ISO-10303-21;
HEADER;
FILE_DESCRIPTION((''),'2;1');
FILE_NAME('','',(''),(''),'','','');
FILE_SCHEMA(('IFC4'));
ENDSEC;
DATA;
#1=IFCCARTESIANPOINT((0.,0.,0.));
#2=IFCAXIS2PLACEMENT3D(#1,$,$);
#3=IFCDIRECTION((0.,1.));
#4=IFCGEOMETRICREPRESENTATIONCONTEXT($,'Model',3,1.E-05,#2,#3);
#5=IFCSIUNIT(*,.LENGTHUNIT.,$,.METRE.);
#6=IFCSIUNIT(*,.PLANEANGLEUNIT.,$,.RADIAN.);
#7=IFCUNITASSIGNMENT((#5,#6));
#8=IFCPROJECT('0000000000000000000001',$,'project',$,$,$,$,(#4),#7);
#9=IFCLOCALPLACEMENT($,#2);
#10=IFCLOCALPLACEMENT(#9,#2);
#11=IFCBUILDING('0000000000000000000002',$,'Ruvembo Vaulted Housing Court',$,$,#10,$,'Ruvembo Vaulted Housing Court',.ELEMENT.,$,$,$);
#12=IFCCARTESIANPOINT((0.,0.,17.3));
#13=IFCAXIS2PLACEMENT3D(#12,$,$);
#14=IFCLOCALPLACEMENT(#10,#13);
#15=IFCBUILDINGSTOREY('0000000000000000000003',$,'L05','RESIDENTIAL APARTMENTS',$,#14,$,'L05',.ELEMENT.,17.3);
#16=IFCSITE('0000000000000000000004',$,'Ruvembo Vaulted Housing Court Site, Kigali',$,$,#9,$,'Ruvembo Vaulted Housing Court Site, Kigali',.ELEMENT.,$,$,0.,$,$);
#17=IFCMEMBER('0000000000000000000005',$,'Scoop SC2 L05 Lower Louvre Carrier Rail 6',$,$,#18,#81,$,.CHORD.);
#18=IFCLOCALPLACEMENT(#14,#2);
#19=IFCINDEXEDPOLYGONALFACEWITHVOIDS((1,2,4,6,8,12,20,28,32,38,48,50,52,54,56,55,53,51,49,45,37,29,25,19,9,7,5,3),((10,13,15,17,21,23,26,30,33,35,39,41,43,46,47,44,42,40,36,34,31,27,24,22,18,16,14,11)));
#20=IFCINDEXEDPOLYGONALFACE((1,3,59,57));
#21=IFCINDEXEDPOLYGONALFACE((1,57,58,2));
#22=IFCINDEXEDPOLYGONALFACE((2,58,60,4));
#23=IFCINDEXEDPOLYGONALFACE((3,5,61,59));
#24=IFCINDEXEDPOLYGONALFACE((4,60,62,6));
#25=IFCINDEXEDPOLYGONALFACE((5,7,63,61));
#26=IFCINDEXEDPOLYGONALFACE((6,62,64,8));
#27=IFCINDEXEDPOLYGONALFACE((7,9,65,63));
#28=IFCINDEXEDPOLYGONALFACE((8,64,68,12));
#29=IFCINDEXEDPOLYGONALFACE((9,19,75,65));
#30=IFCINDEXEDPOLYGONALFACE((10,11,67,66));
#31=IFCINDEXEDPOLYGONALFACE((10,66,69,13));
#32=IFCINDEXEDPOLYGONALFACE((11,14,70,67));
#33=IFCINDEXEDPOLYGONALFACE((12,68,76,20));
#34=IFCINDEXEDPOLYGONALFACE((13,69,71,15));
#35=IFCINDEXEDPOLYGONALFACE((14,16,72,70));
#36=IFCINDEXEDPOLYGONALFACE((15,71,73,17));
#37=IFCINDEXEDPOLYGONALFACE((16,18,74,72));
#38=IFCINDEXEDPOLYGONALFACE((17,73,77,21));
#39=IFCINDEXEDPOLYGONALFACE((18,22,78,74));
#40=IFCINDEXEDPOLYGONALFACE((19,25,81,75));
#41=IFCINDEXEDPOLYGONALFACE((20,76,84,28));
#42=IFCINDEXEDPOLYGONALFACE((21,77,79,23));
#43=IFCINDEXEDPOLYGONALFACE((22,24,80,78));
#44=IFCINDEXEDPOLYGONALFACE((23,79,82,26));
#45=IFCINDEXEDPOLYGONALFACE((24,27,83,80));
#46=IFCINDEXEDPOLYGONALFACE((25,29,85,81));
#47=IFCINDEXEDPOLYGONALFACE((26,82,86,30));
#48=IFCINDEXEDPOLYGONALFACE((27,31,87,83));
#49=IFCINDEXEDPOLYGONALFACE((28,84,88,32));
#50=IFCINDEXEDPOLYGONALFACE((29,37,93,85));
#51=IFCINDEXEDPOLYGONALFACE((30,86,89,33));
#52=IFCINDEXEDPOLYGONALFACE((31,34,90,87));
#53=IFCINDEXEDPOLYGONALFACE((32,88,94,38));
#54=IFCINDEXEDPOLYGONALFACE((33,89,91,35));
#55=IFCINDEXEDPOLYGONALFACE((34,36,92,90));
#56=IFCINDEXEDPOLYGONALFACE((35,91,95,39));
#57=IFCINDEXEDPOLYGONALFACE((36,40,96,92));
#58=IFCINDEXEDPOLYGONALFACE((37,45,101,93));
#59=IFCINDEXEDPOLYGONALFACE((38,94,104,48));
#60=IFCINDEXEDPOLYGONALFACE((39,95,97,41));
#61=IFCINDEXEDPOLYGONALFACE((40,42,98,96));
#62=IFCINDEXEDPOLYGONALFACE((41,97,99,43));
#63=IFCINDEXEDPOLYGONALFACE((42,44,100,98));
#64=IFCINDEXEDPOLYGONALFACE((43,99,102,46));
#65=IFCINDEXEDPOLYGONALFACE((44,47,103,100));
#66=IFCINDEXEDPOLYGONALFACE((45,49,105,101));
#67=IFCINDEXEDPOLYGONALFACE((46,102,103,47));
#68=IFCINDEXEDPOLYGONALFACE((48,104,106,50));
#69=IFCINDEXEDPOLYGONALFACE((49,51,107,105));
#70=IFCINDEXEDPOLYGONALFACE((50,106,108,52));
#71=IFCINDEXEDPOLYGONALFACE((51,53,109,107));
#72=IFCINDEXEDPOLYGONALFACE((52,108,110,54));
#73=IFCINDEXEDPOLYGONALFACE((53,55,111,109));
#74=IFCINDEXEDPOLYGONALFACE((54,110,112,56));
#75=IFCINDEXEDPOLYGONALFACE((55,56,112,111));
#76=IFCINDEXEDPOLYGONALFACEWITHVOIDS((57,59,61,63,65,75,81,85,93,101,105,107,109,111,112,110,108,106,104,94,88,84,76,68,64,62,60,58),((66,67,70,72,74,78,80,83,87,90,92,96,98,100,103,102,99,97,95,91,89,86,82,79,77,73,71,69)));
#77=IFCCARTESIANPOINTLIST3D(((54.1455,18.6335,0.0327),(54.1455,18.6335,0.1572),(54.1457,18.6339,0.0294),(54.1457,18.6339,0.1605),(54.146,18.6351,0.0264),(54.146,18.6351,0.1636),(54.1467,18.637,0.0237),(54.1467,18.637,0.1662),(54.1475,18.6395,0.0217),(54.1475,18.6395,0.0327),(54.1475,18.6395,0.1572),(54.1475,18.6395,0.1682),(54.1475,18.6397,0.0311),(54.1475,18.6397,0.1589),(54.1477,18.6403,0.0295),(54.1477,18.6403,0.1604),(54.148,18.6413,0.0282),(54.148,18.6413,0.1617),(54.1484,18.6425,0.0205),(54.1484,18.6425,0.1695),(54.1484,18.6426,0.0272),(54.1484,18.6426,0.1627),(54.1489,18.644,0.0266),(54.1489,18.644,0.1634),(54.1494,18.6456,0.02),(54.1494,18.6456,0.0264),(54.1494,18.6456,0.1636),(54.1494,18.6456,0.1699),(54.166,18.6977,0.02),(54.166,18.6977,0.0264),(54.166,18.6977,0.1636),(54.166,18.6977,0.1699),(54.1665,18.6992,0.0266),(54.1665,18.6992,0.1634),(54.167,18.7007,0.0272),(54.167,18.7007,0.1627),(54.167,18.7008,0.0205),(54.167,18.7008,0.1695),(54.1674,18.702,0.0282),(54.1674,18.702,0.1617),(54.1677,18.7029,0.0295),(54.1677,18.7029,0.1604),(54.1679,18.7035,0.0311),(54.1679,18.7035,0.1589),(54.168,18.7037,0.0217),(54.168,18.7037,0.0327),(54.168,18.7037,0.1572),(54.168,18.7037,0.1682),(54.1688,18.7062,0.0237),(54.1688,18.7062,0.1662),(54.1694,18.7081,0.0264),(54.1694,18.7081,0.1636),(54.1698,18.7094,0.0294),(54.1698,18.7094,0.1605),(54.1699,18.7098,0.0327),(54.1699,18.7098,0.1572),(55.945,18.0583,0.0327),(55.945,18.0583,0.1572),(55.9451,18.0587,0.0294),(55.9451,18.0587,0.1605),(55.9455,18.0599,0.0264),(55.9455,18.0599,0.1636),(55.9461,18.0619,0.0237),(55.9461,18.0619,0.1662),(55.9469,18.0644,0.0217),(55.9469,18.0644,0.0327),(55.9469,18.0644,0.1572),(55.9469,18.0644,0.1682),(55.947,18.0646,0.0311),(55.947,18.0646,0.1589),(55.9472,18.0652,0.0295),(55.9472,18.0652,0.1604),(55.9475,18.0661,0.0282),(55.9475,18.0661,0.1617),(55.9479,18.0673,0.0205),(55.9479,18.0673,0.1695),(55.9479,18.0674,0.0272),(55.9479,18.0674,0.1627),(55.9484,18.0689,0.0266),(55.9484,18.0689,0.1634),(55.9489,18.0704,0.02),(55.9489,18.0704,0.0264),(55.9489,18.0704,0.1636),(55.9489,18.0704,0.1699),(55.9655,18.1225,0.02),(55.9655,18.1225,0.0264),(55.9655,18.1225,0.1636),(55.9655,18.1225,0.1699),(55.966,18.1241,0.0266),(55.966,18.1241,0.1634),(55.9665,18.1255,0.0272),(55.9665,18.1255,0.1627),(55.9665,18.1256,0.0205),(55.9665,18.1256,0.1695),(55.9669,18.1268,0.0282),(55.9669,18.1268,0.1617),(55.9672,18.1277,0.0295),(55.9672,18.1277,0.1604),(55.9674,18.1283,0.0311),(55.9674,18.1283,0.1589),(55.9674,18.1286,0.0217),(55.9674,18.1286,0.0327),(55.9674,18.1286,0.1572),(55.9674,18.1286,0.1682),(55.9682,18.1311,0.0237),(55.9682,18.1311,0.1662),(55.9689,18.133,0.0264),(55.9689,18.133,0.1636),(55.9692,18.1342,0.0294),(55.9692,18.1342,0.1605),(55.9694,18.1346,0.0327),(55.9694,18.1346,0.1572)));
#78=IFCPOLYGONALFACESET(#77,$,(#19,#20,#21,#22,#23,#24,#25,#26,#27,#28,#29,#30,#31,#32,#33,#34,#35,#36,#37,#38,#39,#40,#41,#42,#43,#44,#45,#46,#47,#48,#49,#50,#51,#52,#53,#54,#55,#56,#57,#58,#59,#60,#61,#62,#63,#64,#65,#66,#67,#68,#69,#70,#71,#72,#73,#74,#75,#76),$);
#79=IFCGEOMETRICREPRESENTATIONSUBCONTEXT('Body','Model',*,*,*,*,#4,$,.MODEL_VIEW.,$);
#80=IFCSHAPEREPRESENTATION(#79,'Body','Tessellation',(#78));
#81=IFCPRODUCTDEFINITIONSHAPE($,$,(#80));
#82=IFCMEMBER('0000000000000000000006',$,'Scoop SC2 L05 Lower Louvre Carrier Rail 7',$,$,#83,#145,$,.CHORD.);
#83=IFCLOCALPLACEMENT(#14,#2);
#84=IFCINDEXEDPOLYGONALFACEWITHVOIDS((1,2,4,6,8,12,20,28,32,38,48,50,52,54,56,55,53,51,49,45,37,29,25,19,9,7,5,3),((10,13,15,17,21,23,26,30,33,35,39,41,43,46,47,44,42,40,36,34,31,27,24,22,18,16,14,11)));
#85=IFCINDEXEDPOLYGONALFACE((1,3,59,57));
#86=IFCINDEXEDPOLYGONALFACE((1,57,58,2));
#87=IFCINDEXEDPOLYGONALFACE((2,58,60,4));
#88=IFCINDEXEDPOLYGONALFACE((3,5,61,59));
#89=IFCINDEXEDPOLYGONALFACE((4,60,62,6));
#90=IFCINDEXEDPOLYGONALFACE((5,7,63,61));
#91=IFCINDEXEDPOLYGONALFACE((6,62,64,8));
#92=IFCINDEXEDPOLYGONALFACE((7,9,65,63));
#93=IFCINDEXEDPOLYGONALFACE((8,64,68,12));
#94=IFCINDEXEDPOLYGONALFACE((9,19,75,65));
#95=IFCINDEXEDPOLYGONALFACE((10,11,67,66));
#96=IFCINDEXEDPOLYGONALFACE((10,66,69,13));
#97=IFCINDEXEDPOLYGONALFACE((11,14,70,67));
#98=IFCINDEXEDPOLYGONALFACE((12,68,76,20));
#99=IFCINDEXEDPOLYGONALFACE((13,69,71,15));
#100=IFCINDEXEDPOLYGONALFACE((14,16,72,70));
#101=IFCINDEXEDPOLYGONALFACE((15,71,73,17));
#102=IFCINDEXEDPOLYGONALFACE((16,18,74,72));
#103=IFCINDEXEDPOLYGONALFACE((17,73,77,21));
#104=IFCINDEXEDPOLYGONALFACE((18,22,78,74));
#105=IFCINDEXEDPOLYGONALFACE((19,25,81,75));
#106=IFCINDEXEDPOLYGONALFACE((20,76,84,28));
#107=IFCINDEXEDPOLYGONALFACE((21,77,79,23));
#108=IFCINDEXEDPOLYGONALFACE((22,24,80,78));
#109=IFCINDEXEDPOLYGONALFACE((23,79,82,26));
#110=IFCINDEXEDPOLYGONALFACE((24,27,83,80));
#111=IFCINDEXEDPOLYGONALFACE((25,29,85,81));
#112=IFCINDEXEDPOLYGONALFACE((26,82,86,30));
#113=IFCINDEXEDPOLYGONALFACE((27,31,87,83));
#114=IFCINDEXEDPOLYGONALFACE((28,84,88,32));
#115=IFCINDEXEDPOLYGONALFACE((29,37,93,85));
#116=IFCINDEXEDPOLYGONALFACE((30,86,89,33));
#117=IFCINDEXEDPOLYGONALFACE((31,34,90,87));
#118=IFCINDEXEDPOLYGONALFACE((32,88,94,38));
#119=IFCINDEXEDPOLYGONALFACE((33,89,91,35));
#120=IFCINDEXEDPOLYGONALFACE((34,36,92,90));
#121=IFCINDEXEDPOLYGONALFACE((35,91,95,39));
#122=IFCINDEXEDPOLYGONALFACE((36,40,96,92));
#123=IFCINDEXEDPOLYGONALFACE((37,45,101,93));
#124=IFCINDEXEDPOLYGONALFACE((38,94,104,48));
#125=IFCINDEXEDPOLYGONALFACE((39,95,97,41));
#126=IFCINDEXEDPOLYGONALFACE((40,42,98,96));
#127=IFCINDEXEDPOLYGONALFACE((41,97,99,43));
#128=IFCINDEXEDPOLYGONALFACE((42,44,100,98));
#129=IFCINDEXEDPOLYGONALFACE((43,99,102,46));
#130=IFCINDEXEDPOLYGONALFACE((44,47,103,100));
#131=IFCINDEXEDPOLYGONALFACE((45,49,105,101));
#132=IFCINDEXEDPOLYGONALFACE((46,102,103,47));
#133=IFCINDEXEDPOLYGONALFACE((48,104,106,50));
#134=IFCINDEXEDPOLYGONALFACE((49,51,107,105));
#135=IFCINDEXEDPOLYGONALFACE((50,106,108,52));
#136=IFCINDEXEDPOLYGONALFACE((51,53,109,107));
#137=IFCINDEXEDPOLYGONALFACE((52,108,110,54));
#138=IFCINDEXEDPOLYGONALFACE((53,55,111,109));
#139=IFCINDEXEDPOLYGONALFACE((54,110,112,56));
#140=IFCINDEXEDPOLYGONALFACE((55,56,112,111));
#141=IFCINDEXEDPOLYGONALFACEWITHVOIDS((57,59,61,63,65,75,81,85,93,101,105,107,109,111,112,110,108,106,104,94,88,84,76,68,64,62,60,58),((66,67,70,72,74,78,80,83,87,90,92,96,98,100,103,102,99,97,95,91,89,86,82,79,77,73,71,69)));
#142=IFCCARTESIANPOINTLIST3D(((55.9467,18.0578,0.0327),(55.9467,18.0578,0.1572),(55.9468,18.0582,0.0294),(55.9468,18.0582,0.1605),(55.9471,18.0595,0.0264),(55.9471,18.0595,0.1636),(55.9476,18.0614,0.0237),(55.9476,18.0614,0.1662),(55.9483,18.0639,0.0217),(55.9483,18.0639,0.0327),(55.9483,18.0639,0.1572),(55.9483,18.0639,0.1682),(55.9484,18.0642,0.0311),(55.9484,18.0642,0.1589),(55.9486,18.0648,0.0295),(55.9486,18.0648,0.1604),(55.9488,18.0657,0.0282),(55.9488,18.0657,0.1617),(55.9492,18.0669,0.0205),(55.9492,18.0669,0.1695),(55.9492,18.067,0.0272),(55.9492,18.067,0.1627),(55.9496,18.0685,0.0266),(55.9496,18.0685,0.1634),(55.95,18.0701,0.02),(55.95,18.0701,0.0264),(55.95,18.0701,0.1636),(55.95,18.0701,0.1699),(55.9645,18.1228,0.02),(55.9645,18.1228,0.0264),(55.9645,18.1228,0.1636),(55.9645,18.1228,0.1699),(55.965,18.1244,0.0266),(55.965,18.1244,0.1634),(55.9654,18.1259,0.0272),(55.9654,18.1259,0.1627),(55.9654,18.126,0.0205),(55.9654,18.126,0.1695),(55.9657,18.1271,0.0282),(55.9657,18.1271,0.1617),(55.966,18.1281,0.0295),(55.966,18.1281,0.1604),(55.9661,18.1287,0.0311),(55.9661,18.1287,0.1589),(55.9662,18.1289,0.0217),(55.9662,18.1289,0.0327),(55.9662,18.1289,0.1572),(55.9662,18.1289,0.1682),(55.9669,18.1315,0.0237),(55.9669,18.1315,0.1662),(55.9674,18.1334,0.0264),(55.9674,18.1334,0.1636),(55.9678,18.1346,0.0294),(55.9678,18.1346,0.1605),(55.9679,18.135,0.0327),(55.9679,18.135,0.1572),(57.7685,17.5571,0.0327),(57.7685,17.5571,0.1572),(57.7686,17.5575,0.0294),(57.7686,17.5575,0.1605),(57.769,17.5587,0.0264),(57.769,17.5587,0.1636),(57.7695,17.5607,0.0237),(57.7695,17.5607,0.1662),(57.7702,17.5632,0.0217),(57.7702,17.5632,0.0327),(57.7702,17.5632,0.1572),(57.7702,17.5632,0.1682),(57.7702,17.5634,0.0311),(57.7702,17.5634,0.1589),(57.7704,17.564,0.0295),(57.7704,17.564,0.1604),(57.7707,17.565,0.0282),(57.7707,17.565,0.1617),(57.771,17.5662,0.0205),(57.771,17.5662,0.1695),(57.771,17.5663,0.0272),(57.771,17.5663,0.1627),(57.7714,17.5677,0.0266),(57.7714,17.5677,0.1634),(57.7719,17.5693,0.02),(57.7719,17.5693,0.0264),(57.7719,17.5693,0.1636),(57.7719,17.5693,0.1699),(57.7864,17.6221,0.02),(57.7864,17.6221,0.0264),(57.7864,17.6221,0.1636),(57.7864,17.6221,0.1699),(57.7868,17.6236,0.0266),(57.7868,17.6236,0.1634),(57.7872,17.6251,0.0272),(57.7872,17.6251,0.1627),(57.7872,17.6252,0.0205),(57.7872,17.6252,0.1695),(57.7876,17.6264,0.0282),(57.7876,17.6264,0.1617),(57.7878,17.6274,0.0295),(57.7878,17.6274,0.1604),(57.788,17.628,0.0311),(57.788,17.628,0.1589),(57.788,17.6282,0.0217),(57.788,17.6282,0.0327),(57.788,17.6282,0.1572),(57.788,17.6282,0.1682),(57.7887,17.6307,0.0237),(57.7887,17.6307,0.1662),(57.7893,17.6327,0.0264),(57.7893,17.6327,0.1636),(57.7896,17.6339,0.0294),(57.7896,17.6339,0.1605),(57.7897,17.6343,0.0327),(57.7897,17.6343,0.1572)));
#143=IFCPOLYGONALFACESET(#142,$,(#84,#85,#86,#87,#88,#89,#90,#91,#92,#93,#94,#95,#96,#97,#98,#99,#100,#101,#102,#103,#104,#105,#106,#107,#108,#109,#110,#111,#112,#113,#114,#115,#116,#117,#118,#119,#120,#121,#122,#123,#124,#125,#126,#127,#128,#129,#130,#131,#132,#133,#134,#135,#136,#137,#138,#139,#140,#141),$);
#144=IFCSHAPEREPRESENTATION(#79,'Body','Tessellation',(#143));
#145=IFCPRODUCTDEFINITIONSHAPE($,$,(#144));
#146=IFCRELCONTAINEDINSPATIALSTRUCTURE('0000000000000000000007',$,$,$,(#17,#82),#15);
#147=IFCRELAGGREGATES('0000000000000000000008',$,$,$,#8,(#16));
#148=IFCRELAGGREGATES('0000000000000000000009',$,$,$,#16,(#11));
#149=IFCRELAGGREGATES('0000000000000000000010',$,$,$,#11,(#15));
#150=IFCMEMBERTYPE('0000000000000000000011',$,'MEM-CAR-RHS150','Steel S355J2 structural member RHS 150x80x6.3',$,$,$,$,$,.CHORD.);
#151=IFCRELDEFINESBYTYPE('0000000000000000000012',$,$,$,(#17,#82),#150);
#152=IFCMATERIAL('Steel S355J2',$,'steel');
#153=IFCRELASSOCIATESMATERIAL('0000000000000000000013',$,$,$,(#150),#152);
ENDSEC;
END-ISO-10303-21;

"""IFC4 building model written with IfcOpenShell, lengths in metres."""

from ifc_helpers import new_model, si_unit, direction, frame, origin, origin_2d, place, context, subcontext, project, spatial, hollow_rectangle, extrude, material, material_profile, profile_set, type_object, element, save


model = new_model("IFC4")

# Units and contexts
model_context = context("Model", 3, precision=1e-05, world=origin(), true_north=direction((0.0, 1.0)))
body_context = subcontext(model_context, "Body", "Model", "MODEL_VIEW")
ifc_project = project(units=[si_unit("LENGTHUNIT", "METRE"), si_unit("PLANEANGLEUNIT", "RADIAN")], contexts=[model_context])

# Site, building, storey
site_placement = place(None, origin())
site = spatial("IfcSite", under=ifc_project, at=site_placement, Name="Ruvembo Vaulted Housing Court Site, Kigali", LongName="Ruvembo Vaulted Housing Court Site, Kigali", CompositionType="ELEMENT", RefElevation=0.0)
building_placement = place(site_placement, origin())
building = spatial("IfcBuilding", under=site, at=building_placement, Name="Ruvembo Vaulted Housing Court", LongName="Ruvembo Vaulted Housing Court", CompositionType="ELEMENT")
storey_placement = place(building_placement, frame((0.0, 0.0, 17.3)))
storey = spatial("IfcBuildingStorey", under=building, at=storey_placement, Name="L05", Description="RESIDENTIAL APARTMENTS", LongName="L05", CompositionType="ELEMENT", Elevation=17.3)

# Shared definitions
ifc_material_1 = material(Name="Steel S355J2", Category="steel")

# Members
ifc_material_profile_1 = material_profile(ifc_material_1, hollow_rectangle(XDim=0.0801, YDim=0.1499, WallThickness=0.0063, InnerFilletRadius=0.0063, OuterFilletRadius=0.0127, at=origin_2d()), Name="RHS 150x80x6.3")
ifc_profile_set_1 = profile_set([ifc_material_profile_1], Name="Steel S355J2")
member_type_1 = type_object("IfcMemberType", Name="MEM-CAR-RHS150", Description="Steel S355J2 structural member RHS 150x80x6.3", PredefinedType="CHORD", material=ifc_profile_set_1)
member_1_placement = place(storey_placement, frame((54.1577, 18.6716, 0.095), z_axis=(0.952526, -0.304457, 0.0), x_axis=(0.304457, 0.952526, 0.0)))
element("IfcMember", 1, at=member_1_placement, inside=storey, type_object=member_type_1, Name="Scoop SC2 L05 Lower Louvre Carrier Rail 6", PredefinedType="CHORD", context=body_context, shape_type="SweptSolid", body=[
    extrude(hollow_rectangle(XDim=0.0801, YDim=0.1499, WallThickness=0.0063, InnerFilletRadius=0.0063, OuterFilletRadius=0.0127, at=origin_2d()), origin(), (0.0, 0.0, 1.0), 1.8892),
])
member_2_placement = place(storey_placement, frame((55.9573, 18.0964, 0.095), z_axis=(0.96424, -0.26503, 0.0), x_axis=(0.26503, 0.96424, 0.0)))
element("IfcMember", 2, at=member_2_placement, inside=storey, type_object=member_type_1, Name="Scoop SC2 L05 Lower Louvre Carrier Rail 7", PredefinedType="CHORD", context=body_context, shape_type="SweptSolid", body=[
    extrude(hollow_rectangle(XDim=0.0801, YDim=0.1499, WallThickness=0.0063, InnerFilletRadius=0.0063, OuterFilletRadius=0.0127, at=origin_2d()), origin(), (0.0, 0.0, 1.0), 1.8894),
])

save(model, "model.ifc")
